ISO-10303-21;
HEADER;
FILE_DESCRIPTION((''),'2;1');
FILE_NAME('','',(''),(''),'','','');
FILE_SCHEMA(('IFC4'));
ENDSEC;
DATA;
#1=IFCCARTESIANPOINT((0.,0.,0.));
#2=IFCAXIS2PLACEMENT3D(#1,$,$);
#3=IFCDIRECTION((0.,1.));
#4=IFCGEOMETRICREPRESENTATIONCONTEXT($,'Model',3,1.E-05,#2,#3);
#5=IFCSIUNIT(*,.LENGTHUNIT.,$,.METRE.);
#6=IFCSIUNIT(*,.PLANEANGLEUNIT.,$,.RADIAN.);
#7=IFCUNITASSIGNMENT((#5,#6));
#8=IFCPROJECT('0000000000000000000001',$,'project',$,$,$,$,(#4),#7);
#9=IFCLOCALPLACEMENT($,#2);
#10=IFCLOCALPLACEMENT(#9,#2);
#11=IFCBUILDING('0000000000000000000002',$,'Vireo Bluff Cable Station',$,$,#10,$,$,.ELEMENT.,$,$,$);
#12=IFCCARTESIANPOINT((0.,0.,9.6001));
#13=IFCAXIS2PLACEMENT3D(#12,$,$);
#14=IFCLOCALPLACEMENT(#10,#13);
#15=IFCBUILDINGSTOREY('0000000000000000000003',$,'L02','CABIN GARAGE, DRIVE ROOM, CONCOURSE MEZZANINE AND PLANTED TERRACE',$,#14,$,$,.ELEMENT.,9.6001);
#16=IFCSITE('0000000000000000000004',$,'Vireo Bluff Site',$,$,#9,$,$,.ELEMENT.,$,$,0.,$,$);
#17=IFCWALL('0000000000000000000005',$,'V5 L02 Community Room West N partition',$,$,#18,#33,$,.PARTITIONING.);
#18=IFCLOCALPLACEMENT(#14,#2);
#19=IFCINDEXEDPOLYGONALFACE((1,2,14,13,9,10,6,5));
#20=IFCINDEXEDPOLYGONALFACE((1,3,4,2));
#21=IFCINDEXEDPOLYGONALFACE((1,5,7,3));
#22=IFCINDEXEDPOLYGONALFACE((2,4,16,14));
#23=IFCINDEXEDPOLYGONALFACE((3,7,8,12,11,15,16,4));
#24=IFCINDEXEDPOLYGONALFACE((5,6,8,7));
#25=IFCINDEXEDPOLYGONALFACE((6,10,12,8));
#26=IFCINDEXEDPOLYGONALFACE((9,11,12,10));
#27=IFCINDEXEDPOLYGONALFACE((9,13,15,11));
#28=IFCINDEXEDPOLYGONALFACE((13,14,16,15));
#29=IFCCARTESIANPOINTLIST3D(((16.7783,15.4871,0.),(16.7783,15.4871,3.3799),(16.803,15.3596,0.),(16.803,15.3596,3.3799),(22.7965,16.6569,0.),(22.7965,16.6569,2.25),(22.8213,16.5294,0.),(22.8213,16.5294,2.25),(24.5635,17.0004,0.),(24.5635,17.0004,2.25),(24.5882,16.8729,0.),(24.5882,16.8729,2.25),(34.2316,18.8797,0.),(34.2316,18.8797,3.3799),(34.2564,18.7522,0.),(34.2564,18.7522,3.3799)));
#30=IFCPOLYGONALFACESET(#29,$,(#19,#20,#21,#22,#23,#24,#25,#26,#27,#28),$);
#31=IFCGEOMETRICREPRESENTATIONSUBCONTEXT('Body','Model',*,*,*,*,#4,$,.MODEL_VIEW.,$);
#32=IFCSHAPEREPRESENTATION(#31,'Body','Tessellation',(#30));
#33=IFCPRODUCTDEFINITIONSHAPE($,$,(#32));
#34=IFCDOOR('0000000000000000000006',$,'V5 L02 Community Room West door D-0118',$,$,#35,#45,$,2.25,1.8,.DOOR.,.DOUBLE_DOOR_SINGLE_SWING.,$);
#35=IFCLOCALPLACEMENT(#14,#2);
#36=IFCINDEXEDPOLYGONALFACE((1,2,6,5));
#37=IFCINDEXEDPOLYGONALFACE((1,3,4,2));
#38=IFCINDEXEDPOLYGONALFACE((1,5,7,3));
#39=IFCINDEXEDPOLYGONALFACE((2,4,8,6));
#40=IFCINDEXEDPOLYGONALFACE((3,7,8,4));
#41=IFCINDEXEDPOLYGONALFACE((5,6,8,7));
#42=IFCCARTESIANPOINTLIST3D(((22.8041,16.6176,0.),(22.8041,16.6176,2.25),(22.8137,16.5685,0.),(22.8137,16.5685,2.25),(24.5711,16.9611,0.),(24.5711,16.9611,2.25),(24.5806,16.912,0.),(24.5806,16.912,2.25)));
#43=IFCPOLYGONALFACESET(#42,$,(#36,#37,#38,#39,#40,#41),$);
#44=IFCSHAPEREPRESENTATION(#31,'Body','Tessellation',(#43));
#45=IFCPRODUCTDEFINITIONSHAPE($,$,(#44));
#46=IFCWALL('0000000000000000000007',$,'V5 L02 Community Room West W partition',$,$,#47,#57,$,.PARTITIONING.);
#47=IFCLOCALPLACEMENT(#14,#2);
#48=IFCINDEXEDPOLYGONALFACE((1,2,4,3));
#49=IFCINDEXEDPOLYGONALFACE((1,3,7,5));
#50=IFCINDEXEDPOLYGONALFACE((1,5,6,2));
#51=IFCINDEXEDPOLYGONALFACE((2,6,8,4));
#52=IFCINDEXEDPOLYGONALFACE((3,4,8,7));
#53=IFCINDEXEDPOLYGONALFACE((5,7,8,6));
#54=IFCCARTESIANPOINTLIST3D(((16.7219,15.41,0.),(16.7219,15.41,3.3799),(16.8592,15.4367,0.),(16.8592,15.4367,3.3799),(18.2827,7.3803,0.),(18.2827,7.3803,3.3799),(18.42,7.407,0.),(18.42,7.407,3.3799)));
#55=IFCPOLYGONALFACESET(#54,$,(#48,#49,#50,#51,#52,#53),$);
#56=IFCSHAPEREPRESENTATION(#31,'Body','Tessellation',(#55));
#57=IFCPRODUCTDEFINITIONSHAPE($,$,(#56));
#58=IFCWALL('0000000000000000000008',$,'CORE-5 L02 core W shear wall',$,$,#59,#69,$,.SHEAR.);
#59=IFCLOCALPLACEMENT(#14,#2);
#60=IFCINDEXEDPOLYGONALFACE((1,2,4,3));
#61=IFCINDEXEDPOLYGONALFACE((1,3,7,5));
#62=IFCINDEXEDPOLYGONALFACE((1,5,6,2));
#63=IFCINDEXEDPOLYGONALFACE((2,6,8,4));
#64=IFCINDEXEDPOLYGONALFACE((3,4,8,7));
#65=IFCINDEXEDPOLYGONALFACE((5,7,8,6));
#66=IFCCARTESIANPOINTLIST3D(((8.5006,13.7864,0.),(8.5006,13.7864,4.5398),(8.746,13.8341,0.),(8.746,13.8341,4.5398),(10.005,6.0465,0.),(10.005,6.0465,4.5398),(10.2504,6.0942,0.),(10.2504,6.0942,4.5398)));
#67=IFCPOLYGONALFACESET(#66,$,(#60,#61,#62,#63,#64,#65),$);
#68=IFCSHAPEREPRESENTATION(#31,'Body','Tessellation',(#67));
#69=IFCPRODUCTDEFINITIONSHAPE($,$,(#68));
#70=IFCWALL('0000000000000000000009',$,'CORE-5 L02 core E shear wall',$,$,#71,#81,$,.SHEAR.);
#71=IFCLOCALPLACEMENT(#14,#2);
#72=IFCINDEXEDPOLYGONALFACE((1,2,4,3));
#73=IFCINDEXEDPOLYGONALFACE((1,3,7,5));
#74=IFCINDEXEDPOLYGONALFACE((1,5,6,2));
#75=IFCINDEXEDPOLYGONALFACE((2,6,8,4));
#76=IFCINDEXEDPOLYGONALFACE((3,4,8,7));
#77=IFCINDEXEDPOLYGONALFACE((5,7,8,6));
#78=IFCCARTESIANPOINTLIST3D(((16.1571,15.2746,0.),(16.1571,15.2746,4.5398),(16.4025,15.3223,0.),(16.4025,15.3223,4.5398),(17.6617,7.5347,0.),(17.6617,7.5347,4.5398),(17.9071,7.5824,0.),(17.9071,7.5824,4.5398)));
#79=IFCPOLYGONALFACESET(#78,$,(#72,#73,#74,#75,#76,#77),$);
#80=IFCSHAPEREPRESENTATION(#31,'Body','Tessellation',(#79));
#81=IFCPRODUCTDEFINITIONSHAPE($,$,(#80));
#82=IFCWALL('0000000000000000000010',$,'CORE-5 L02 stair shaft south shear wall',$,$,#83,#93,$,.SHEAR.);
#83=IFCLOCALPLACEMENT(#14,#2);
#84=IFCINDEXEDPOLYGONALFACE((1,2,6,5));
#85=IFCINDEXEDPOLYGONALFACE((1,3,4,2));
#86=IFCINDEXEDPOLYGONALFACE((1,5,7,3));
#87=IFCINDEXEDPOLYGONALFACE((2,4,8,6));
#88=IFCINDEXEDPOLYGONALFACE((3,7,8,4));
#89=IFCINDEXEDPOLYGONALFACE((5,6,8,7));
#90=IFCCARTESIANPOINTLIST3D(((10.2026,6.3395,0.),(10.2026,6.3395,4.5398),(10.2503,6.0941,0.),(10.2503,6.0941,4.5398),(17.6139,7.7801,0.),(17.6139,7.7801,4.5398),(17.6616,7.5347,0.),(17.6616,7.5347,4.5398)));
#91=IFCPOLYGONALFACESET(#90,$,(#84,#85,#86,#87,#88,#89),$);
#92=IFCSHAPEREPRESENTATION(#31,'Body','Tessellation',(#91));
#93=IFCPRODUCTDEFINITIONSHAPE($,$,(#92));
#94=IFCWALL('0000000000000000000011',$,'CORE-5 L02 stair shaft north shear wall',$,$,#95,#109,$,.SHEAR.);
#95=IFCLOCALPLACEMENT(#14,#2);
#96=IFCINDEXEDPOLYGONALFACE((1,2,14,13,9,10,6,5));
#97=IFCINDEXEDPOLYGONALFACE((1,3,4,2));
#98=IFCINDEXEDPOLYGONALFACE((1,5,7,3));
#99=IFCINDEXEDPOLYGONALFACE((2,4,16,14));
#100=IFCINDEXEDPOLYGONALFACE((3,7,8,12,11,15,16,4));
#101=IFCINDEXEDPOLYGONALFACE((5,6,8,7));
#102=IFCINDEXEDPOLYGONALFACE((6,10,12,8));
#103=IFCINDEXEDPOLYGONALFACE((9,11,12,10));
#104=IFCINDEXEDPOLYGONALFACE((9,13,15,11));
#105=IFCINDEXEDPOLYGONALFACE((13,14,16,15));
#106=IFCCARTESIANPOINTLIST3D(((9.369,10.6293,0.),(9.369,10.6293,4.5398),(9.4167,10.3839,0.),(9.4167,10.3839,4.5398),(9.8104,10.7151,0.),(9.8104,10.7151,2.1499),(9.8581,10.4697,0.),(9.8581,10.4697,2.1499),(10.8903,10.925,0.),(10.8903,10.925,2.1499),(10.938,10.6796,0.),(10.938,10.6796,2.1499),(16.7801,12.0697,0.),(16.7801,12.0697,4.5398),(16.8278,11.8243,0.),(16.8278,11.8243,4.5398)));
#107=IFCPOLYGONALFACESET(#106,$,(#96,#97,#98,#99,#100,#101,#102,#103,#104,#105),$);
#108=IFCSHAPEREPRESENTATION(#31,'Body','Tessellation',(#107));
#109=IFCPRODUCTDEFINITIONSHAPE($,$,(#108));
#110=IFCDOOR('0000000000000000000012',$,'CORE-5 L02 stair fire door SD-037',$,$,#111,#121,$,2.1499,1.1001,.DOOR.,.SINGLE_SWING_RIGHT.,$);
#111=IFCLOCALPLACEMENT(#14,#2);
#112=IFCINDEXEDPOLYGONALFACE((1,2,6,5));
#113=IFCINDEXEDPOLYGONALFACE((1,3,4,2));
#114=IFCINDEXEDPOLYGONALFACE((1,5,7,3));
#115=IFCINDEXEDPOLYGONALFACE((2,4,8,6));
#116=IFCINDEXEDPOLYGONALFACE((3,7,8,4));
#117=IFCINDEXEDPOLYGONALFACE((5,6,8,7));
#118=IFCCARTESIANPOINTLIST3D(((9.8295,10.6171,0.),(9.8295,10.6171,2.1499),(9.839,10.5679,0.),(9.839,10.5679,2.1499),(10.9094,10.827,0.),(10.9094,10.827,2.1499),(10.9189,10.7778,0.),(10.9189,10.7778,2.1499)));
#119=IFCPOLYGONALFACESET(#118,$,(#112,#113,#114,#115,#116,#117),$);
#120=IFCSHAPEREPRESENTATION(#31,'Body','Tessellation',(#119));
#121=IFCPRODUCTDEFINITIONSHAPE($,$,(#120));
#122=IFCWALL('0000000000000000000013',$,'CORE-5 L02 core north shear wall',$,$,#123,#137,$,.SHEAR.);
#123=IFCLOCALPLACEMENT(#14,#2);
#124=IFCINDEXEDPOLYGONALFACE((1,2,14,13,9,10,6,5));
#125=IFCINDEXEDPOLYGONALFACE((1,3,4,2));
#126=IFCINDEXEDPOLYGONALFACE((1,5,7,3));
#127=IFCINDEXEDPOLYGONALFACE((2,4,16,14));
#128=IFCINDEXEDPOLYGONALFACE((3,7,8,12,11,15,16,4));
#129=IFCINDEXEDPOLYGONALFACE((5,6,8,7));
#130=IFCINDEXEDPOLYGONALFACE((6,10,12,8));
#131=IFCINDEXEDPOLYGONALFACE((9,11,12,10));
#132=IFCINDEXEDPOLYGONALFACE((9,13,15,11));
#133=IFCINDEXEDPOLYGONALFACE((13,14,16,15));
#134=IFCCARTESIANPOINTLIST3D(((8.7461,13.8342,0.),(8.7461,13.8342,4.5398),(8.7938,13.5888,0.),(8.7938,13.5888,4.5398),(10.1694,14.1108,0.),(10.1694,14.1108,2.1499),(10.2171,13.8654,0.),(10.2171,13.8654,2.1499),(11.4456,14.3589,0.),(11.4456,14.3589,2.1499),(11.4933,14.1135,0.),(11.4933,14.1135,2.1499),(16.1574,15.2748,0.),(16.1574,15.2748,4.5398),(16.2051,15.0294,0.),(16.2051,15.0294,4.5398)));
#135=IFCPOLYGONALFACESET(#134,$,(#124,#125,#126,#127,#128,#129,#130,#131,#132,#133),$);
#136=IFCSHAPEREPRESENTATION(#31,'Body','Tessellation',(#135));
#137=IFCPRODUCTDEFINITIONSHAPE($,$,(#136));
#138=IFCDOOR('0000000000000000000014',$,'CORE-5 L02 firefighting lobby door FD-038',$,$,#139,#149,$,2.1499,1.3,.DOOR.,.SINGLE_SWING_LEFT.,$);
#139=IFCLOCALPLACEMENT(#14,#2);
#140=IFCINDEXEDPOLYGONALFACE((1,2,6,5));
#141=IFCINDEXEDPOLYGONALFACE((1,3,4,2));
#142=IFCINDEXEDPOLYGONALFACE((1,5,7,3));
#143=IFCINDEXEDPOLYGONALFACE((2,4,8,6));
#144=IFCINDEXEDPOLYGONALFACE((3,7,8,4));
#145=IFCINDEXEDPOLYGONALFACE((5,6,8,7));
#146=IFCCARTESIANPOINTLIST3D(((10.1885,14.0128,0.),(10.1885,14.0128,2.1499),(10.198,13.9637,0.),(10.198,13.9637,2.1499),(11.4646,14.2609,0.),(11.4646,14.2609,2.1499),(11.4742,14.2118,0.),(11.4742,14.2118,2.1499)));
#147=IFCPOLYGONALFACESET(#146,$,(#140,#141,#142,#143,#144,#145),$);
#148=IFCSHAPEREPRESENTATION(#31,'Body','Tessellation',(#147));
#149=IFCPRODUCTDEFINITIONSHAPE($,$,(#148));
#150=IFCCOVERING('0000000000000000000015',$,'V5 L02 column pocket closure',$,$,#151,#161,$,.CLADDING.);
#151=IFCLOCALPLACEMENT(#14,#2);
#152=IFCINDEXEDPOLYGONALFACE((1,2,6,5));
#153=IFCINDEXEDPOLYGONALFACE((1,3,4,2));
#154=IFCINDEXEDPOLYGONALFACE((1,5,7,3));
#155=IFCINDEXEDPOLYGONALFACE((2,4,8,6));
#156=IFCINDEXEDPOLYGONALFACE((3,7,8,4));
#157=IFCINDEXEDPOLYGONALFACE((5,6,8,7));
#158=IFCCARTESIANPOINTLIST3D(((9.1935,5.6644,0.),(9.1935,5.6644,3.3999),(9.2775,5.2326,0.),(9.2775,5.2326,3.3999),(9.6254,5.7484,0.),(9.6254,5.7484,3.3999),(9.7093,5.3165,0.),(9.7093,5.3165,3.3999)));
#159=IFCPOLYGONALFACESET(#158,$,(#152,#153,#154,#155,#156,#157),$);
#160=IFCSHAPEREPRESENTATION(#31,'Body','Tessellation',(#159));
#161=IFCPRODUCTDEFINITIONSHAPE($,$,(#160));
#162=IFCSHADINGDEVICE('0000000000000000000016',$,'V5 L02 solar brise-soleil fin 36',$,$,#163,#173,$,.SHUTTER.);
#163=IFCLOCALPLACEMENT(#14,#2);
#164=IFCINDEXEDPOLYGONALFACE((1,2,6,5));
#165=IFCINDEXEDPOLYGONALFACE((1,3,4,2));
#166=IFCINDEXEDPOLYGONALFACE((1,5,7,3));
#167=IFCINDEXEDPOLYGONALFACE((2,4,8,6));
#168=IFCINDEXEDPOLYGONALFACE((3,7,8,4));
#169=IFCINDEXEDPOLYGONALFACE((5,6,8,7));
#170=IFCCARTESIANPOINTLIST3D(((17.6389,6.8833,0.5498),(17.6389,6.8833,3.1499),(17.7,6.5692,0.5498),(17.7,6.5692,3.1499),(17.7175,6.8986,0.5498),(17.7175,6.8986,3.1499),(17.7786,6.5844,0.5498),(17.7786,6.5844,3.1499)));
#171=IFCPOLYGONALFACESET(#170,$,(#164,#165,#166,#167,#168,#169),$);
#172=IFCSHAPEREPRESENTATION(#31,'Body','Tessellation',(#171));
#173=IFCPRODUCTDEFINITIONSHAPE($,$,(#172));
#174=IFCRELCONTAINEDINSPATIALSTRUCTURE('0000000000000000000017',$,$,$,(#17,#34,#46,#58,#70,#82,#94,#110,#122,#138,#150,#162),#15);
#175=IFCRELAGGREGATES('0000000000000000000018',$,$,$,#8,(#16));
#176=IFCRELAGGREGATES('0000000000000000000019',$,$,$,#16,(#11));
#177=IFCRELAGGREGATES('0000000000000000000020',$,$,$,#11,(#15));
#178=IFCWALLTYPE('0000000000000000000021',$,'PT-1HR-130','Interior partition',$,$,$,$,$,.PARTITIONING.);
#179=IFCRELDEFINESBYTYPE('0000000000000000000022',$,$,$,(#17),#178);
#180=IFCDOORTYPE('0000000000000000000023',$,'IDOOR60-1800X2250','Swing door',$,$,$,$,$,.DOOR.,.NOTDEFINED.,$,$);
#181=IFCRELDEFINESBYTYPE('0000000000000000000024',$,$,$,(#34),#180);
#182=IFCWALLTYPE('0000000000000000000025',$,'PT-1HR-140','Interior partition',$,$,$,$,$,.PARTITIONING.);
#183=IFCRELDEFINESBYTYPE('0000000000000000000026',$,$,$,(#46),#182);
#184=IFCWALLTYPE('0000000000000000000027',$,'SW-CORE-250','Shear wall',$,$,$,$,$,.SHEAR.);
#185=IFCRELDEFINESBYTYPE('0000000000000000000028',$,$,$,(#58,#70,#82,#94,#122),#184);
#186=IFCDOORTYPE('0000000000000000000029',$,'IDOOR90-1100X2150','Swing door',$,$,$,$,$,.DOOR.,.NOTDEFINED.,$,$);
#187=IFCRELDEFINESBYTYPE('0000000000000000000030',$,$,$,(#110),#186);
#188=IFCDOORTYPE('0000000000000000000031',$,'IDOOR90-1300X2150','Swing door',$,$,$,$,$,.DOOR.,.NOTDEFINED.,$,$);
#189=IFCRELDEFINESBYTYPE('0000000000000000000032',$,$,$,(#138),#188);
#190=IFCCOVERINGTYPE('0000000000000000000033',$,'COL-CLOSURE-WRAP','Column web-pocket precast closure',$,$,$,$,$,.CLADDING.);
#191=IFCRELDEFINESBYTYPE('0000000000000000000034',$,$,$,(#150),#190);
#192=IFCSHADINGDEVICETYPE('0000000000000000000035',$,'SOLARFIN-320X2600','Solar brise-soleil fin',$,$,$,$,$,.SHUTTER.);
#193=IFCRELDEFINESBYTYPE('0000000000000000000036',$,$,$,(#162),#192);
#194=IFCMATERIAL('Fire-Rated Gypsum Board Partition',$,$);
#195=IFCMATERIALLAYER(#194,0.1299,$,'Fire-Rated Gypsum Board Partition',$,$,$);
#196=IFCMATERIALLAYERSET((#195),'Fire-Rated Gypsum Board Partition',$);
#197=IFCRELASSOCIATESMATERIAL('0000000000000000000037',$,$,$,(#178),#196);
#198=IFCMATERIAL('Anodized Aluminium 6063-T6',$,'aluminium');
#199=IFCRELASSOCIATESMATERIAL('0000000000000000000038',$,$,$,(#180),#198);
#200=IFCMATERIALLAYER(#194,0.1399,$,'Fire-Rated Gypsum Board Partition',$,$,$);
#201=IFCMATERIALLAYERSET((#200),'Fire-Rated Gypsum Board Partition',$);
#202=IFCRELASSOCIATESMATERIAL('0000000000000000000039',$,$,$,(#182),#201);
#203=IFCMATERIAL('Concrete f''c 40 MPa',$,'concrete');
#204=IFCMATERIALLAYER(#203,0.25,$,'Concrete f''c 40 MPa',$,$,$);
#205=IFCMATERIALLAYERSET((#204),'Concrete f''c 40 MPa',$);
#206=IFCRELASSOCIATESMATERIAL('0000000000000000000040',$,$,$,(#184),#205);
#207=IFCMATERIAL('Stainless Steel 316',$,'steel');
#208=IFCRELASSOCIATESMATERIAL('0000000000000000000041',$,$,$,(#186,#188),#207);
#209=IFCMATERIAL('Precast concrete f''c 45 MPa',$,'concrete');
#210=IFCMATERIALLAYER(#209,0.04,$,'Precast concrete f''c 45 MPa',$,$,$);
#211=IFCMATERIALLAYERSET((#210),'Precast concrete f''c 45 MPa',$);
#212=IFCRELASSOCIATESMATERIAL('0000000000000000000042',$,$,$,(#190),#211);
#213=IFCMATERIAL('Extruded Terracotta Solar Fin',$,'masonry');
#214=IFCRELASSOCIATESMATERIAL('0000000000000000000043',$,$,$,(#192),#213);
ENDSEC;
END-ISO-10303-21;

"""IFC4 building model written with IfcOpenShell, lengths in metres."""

from ifc_helpers import new_model, si_unit, direction, frame, frame_2d, origin, origin_with_axes, origin_2d, place, context, subcontext, project, spatial, rectangle, extrude, material, layer, layer_set, type_object, element, fill, save


model = new_model("IFC4")

# Units and contexts
model_context = context("Model", 3, precision=1e-05, world=origin(), true_north=direction((0.0, 1.0)))
body_context = subcontext(model_context, "Body", "Model", "MODEL_VIEW")
ifc_project = project(units=[si_unit("LENGTHUNIT", "METRE"), si_unit("PLANEANGLEUNIT", "RADIAN")], contexts=[model_context])

# Site, building, storey
site_placement = place(None, origin())
site = spatial("IfcSite", under=ifc_project, at=site_placement, Name="Vireo Bluff Site", CompositionType="ELEMENT", RefElevation=0.0)
building_placement = place(site_placement, origin())
building = spatial("IfcBuilding", under=site, at=building_placement, Name="Vireo Bluff Cable Station", CompositionType="ELEMENT")
storey_placement = place(building_placement, frame((0.0, 0.0, 9.6001)))
storey = spatial("IfcBuildingStorey", under=building, at=storey_placement, Name="L02", Description="CABIN GARAGE, DRIVE ROOM, CONCOURSE MEZZANINE AND PLANTED TERRACE", CompositionType="ELEMENT", Elevation=9.6001)

# Shared definitions
ifc_material_1 = material(Name="Precast concrete f'c 45 MPa", Category="concrete")

# Wall, opening, door
ifc_material_2 = material(Name="Fire-Rated Gypsum Board Partition")
ifc_layer_1 = layer(ifc_material_2, 0.1299, Name="Fire-Rated Gypsum Board Partition")
ifc_layer_set_1 = layer_set([ifc_layer_1], Name="Fire-Rated Gypsum Board Partition")
wall_type_1 = type_object("IfcWallType", Name="PT-1HR-130", Description="Interior partition", PredefinedType="PARTITIONING", material=ifc_layer_set_1)
wall_1_placement = place(storey_placement, frame((16.7905, 15.4233, 0.0), z_axis=(0.0, 0.0, 1.0), x_axis=(0.981627, 0.190808, 0.0)))
wall_1 = element("IfcWall", 1, at=wall_1_placement, inside=storey, type_object=wall_type_1, Name="V5 L02 Community Room West N partition", PredefinedType="PARTITIONING", context=body_context, shape_type="SweptSolid", body=[
    extrude(rectangle(XDim=17.78, YDim=0.1299, at=frame_2d((8.8901, 0.0))), origin(), (0.0, 0.0, 1.0), 3.3799),
])
opening_1_placement = place(wall_1_placement, frame((6.1311, 0.0, 0.0)))
opening_1 = element("IfcOpeningElement", 2, at=opening_1_placement, cuts=wall_1, PredefinedType="OPENING", context=body_context, shape_type="SweptSolid", body=[
    extrude(rectangle(XDim=1.8, YDim=2.25, at=frame_2d((0.8999, 1.125))), frame((0.0, 0.075, 0.0), z_axis=(0.0, -1.0, 0.0), x_axis=(1.0, 0.0, 0.0)), (0.0, 0.0, 1.0), 0.1499),
])
ifc_material_3 = material(Name="Anodized Aluminium 6063-T6", Category="aluminium")
door_type_1 = type_object("IfcDoorType", Name="IDOOR60-1800X2250", Description="Swing door", OperationType="NOTDEFINED", PredefinedType="DOOR", material=ifc_material_3)
door_1_placement = place(opening_1_placement, origin_with_axes())
door_1 = element("IfcDoor", 3, at=door_1_placement, inside=storey, type_object=door_type_1, Name="V5 L02 Community Room West door D-0118", OperationType="DOUBLE_DOOR_SINGLE_SWING", OverallHeight=2.25, OverallWidth=1.8, PredefinedType="DOOR", context=body_context, shape_type="SweptSolid", body=[
    extrude(rectangle(XDim=1.8, YDim=2.25, at=frame_2d((0.8999, 1.125))), frame((0.0, 0.0249, 0.0), z_axis=(0.0, -1.0, 0.0), x_axis=(1.0, 0.0, 0.0)), (0.0, 0.0, 1.0), 0.05),
])
fill(opening_1, door_1)

# Walls
ifc_layer_2 = layer(ifc_material_2, 0.1399, Name="Fire-Rated Gypsum Board Partition")
ifc_layer_set_2 = layer_set([ifc_layer_2], Name="Fire-Rated Gypsum Board Partition")
wall_type_2 = type_object("IfcWallType", Name="PT-1HR-140", Description="Interior partition", PredefinedType="PARTITIONING", material=ifc_layer_set_2)
wall_2_placement = place(storey_placement, frame((18.3513, 7.3938, 0.0), z_axis=(0.0, 0.0, 1.0), x_axis=(-0.19081, 0.981627, 0.0)))
element("IfcWall", 4, at=wall_2_placement, inside=storey, type_object=wall_type_2, Name="V5 L02 Community Room West W partition", PredefinedType="PARTITIONING", context=body_context, shape_type="SweptSolid", body=[
    extrude(rectangle(XDim=8.1799, YDim=0.1399, at=frame_2d((4.0898, 0.0))), origin(), (0.0, 0.0, 1.0), 3.3799),
])
ifc_material_4 = material(Name="Concrete f'c 40 MPa", Category="concrete")
ifc_layer_3 = layer(ifc_material_4, 0.25, Name="Concrete f'c 40 MPa")
ifc_layer_set_3 = layer_set([ifc_layer_3], Name="Concrete f'c 40 MPa")
wall_type_3 = type_object("IfcWallType", Name="SW-CORE-250", Description="Shear wall", PredefinedType="SHEAR", material=ifc_layer_set_3)
for number, where, z_axis, x_axis, name in (
    (5, (10.1277, 6.0703, 0.0), (0.0, 0.0, 1.0), (-0.190796, 0.98163, 0.0), "CORE-5 L02 core W shear wall"),
    (6, (17.7844, 7.5586, 0.0), (0.0, 0.0, 1.0), (-0.190826, 0.981624, 0.0), "CORE-5 L02 core E shear wall"),
):
    element("IfcWall", number, at=place(storey_placement, frame(where, z_axis=z_axis, x_axis=x_axis)), inside=storey, type_object=wall_type_3, Name=name, PredefinedType="SHEAR", context=body_context, shape_type="SweptSolid", body=[
        extrude(rectangle(XDim=7.8848, YDim=0.25, at=frame_2d((3.9424, 0.0))), origin(), (0.0, 0.0, 1.0), 4.5398),
    ])
wall_3_placement = place(storey_placement, frame((10.2266, 6.2168, 0.0), z_axis=(0.0, 0.0, 1.0), x_axis=(0.981626, 0.190815, 0.0)))
element("IfcWall", 7, at=wall_3_placement, inside=storey, type_object=wall_type_3, Name="CORE-5 L02 stair shaft south shear wall", PredefinedType="SHEAR", context=body_context, shape_type="SweptSolid", body=[
    extrude(rectangle(XDim=7.55, YDim=0.25, at=frame_2d((3.7749, 0.0))), origin(), (0.0, 0.0, 1.0), 4.5398),
])

# Walls, openings, doors
wall_4_placement = place(storey_placement, frame((16.804, 11.947, 0.0), z_axis=(0.0, 0.0, 1.0), x_axis=(-0.981631, -0.19079, 0.0)))
wall_4 = element("IfcWall", 8, at=wall_4_placement, inside=storey, type_object=wall_type_3, Name="CORE-5 L02 stair shaft north shear wall", PredefinedType="SHEAR", context=body_context, shape_type="SweptSolid", body=[
    extrude(rectangle(XDim=7.5498, YDim=0.25, at=frame_2d((3.7749, 0.0))), origin(), (0.0, 0.0, 1.0), 4.5398),
])
opening_2_placement = place(wall_4_placement, frame((6.0, 0.0, 0.0)))
opening_2 = element("IfcOpeningElement", 9, at=opening_2_placement, cuts=wall_4, PredefinedType="OPENING", context=body_context, shape_type="SweptSolid", body=[
    extrude(rectangle(XDim=1.1001, YDim=2.1499, at=frame_2d((0.55, 1.075))), frame((0.0, 0.135, 0.0), z_axis=(0.0, -1.0, 0.0), x_axis=(1.0, 0.0, 0.0)), (0.0, 0.0, 1.0), 0.27),
])
ifc_material_5 = material(Name="Stainless Steel 316", Category="steel")
door_type_2 = type_object("IfcDoorType", Name="IDOOR90-1100X2150", Description="Swing door", OperationType="NOTDEFINED", PredefinedType="DOOR", material=ifc_material_5)
door_2_placement = place(opening_2_placement, origin_with_axes())
door_2 = element("IfcDoor", 10, at=door_2_placement, inside=storey, type_object=door_type_2, Name="CORE-5 L02 stair fire door SD-037", OperationType="SINGLE_SWING_RIGHT", OverallHeight=2.1499, OverallWidth=1.1001, PredefinedType="DOOR", context=body_context, shape_type="SweptSolid", body=[
    extrude(rectangle(XDim=1.1001, YDim=2.1499, at=frame_2d((0.55, 1.075))), frame((0.0, 0.0249, 0.0), z_axis=(0.0, -1.0, 0.0), x_axis=(1.0, 0.0, 0.0)), (0.0, 0.0, 1.0), 0.05),
])
fill(opening_2, door_2)
wall_5_placement = place(storey_placement, frame((16.1812, 15.1521, 0.0), z_axis=(0.0, 0.0, 1.0), x_axis=(-0.981626, -0.190815, 0.0)))
wall_5 = element("IfcWall", 11, at=wall_5_placement, inside=storey, type_object=wall_type_3, Name="CORE-5 L02 core north shear wall", PredefinedType="SHEAR", context=body_context, shape_type="SweptSolid", body=[
    extrude(rectangle(XDim=7.55, YDim=0.25, at=frame_2d((3.7749, 0.0))), origin(), (0.0, 0.0, 1.0), 4.5398),
])
opening_3_placement = place(wall_5_placement, frame((4.8, 0.0, 0.0)))
opening_3 = element("IfcOpeningElement", 12, at=opening_3_placement, cuts=wall_5, PredefinedType="OPENING", context=body_context, shape_type="SweptSolid", body=[
    extrude(rectangle(XDim=1.3, YDim=2.1499, at=frame_2d((0.6499, 1.075))), frame((0.0, 0.135, 0.0), z_axis=(0.0, -1.0, 0.0), x_axis=(1.0, 0.0, 0.0)), (0.0, 0.0, 1.0), 0.27),
])
door_type_3 = type_object("IfcDoorType", Name="IDOOR90-1300X2150", Description="Swing door", OperationType="NOTDEFINED", PredefinedType="DOOR", material=ifc_material_5)
door_3_placement = place(opening_3_placement, origin_with_axes())
door_3 = element("IfcDoor", 13, at=door_3_placement, inside=storey, type_object=door_type_3, Name="CORE-5 L02 firefighting lobby door FD-038", OperationType="SINGLE_SWING_LEFT", OverallHeight=2.1499, OverallWidth=1.3, PredefinedType="DOOR", context=body_context, shape_type="SweptSolid", body=[
    extrude(rectangle(XDim=1.3, YDim=2.1499, at=frame_2d((0.6499, 1.075))), frame((0.0, 0.0249, 0.0), z_axis=(0.0, -1.0, 0.0), x_axis=(1.0, 0.0, 0.0)), (0.0, 0.0, 1.0), 0.05),
])
fill(opening_3, door_3)

# Covering
ifc_layer_4 = layer(ifc_material_1, 0.04, Name="Precast concrete f'c 45 MPa")
ifc_layer_set_4 = layer_set([ifc_layer_4], Name="Precast concrete f'c 45 MPa")
covering_type = type_object("IfcCoveringType", Name="COL-CLOSURE-WRAP", Description="Column web-pocket precast closure", PredefinedType="CLADDING", material=ifc_layer_set_4)
covering_placement = place(storey_placement, frame((9.4514, 5.4905, 0.0), z_axis=(0.0, 0.0, 1.0), x_axis=(0.981627, 0.190809, 0.0)))
element("IfcCovering", 14, at=covering_placement, inside=storey, type_object=covering_type, Name="V5 L02 column pocket closure", PredefinedType="CLADDING", context=body_context, shape_type="SweptSolid", body=[
    extrude(rectangle(XDim=0.4399, YDim=0.4399, at=origin_2d()), origin(), (0.0, 0.0, 1.0), 3.3999),
])

# Shading device
ifc_material_6 = material(Name="Extruded Terracotta Solar Fin", Category="masonry")
shading_device_type = type_object("IfcShadingDeviceType", Name="SOLARFIN-320X2600", Description="Solar brise-soleil fin", PredefinedType="SHUTTER", material=ifc_material_6)
shading_device_placement = place(storey_placement, frame((17.7087, 6.7339, 0.5498), z_axis=(0.0, 0.0, 1.0), x_axis=(-0.981627, -0.190809, 0.0)))
element("IfcShadingDevice", 15, at=shading_device_placement, inside=storey, type_object=shading_device_type, Name="V5 L02 solar brise-soleil fin 36", PredefinedType="SHUTTER", context=body_context, shape_type="SweptSolid", body=[
    extrude(rectangle(XDim=0.0801, YDim=0.3201, at=origin_2d()), origin(), (0.0, 0.0, 1.0), 2.6001),
])

save(model, "model.ifc")
